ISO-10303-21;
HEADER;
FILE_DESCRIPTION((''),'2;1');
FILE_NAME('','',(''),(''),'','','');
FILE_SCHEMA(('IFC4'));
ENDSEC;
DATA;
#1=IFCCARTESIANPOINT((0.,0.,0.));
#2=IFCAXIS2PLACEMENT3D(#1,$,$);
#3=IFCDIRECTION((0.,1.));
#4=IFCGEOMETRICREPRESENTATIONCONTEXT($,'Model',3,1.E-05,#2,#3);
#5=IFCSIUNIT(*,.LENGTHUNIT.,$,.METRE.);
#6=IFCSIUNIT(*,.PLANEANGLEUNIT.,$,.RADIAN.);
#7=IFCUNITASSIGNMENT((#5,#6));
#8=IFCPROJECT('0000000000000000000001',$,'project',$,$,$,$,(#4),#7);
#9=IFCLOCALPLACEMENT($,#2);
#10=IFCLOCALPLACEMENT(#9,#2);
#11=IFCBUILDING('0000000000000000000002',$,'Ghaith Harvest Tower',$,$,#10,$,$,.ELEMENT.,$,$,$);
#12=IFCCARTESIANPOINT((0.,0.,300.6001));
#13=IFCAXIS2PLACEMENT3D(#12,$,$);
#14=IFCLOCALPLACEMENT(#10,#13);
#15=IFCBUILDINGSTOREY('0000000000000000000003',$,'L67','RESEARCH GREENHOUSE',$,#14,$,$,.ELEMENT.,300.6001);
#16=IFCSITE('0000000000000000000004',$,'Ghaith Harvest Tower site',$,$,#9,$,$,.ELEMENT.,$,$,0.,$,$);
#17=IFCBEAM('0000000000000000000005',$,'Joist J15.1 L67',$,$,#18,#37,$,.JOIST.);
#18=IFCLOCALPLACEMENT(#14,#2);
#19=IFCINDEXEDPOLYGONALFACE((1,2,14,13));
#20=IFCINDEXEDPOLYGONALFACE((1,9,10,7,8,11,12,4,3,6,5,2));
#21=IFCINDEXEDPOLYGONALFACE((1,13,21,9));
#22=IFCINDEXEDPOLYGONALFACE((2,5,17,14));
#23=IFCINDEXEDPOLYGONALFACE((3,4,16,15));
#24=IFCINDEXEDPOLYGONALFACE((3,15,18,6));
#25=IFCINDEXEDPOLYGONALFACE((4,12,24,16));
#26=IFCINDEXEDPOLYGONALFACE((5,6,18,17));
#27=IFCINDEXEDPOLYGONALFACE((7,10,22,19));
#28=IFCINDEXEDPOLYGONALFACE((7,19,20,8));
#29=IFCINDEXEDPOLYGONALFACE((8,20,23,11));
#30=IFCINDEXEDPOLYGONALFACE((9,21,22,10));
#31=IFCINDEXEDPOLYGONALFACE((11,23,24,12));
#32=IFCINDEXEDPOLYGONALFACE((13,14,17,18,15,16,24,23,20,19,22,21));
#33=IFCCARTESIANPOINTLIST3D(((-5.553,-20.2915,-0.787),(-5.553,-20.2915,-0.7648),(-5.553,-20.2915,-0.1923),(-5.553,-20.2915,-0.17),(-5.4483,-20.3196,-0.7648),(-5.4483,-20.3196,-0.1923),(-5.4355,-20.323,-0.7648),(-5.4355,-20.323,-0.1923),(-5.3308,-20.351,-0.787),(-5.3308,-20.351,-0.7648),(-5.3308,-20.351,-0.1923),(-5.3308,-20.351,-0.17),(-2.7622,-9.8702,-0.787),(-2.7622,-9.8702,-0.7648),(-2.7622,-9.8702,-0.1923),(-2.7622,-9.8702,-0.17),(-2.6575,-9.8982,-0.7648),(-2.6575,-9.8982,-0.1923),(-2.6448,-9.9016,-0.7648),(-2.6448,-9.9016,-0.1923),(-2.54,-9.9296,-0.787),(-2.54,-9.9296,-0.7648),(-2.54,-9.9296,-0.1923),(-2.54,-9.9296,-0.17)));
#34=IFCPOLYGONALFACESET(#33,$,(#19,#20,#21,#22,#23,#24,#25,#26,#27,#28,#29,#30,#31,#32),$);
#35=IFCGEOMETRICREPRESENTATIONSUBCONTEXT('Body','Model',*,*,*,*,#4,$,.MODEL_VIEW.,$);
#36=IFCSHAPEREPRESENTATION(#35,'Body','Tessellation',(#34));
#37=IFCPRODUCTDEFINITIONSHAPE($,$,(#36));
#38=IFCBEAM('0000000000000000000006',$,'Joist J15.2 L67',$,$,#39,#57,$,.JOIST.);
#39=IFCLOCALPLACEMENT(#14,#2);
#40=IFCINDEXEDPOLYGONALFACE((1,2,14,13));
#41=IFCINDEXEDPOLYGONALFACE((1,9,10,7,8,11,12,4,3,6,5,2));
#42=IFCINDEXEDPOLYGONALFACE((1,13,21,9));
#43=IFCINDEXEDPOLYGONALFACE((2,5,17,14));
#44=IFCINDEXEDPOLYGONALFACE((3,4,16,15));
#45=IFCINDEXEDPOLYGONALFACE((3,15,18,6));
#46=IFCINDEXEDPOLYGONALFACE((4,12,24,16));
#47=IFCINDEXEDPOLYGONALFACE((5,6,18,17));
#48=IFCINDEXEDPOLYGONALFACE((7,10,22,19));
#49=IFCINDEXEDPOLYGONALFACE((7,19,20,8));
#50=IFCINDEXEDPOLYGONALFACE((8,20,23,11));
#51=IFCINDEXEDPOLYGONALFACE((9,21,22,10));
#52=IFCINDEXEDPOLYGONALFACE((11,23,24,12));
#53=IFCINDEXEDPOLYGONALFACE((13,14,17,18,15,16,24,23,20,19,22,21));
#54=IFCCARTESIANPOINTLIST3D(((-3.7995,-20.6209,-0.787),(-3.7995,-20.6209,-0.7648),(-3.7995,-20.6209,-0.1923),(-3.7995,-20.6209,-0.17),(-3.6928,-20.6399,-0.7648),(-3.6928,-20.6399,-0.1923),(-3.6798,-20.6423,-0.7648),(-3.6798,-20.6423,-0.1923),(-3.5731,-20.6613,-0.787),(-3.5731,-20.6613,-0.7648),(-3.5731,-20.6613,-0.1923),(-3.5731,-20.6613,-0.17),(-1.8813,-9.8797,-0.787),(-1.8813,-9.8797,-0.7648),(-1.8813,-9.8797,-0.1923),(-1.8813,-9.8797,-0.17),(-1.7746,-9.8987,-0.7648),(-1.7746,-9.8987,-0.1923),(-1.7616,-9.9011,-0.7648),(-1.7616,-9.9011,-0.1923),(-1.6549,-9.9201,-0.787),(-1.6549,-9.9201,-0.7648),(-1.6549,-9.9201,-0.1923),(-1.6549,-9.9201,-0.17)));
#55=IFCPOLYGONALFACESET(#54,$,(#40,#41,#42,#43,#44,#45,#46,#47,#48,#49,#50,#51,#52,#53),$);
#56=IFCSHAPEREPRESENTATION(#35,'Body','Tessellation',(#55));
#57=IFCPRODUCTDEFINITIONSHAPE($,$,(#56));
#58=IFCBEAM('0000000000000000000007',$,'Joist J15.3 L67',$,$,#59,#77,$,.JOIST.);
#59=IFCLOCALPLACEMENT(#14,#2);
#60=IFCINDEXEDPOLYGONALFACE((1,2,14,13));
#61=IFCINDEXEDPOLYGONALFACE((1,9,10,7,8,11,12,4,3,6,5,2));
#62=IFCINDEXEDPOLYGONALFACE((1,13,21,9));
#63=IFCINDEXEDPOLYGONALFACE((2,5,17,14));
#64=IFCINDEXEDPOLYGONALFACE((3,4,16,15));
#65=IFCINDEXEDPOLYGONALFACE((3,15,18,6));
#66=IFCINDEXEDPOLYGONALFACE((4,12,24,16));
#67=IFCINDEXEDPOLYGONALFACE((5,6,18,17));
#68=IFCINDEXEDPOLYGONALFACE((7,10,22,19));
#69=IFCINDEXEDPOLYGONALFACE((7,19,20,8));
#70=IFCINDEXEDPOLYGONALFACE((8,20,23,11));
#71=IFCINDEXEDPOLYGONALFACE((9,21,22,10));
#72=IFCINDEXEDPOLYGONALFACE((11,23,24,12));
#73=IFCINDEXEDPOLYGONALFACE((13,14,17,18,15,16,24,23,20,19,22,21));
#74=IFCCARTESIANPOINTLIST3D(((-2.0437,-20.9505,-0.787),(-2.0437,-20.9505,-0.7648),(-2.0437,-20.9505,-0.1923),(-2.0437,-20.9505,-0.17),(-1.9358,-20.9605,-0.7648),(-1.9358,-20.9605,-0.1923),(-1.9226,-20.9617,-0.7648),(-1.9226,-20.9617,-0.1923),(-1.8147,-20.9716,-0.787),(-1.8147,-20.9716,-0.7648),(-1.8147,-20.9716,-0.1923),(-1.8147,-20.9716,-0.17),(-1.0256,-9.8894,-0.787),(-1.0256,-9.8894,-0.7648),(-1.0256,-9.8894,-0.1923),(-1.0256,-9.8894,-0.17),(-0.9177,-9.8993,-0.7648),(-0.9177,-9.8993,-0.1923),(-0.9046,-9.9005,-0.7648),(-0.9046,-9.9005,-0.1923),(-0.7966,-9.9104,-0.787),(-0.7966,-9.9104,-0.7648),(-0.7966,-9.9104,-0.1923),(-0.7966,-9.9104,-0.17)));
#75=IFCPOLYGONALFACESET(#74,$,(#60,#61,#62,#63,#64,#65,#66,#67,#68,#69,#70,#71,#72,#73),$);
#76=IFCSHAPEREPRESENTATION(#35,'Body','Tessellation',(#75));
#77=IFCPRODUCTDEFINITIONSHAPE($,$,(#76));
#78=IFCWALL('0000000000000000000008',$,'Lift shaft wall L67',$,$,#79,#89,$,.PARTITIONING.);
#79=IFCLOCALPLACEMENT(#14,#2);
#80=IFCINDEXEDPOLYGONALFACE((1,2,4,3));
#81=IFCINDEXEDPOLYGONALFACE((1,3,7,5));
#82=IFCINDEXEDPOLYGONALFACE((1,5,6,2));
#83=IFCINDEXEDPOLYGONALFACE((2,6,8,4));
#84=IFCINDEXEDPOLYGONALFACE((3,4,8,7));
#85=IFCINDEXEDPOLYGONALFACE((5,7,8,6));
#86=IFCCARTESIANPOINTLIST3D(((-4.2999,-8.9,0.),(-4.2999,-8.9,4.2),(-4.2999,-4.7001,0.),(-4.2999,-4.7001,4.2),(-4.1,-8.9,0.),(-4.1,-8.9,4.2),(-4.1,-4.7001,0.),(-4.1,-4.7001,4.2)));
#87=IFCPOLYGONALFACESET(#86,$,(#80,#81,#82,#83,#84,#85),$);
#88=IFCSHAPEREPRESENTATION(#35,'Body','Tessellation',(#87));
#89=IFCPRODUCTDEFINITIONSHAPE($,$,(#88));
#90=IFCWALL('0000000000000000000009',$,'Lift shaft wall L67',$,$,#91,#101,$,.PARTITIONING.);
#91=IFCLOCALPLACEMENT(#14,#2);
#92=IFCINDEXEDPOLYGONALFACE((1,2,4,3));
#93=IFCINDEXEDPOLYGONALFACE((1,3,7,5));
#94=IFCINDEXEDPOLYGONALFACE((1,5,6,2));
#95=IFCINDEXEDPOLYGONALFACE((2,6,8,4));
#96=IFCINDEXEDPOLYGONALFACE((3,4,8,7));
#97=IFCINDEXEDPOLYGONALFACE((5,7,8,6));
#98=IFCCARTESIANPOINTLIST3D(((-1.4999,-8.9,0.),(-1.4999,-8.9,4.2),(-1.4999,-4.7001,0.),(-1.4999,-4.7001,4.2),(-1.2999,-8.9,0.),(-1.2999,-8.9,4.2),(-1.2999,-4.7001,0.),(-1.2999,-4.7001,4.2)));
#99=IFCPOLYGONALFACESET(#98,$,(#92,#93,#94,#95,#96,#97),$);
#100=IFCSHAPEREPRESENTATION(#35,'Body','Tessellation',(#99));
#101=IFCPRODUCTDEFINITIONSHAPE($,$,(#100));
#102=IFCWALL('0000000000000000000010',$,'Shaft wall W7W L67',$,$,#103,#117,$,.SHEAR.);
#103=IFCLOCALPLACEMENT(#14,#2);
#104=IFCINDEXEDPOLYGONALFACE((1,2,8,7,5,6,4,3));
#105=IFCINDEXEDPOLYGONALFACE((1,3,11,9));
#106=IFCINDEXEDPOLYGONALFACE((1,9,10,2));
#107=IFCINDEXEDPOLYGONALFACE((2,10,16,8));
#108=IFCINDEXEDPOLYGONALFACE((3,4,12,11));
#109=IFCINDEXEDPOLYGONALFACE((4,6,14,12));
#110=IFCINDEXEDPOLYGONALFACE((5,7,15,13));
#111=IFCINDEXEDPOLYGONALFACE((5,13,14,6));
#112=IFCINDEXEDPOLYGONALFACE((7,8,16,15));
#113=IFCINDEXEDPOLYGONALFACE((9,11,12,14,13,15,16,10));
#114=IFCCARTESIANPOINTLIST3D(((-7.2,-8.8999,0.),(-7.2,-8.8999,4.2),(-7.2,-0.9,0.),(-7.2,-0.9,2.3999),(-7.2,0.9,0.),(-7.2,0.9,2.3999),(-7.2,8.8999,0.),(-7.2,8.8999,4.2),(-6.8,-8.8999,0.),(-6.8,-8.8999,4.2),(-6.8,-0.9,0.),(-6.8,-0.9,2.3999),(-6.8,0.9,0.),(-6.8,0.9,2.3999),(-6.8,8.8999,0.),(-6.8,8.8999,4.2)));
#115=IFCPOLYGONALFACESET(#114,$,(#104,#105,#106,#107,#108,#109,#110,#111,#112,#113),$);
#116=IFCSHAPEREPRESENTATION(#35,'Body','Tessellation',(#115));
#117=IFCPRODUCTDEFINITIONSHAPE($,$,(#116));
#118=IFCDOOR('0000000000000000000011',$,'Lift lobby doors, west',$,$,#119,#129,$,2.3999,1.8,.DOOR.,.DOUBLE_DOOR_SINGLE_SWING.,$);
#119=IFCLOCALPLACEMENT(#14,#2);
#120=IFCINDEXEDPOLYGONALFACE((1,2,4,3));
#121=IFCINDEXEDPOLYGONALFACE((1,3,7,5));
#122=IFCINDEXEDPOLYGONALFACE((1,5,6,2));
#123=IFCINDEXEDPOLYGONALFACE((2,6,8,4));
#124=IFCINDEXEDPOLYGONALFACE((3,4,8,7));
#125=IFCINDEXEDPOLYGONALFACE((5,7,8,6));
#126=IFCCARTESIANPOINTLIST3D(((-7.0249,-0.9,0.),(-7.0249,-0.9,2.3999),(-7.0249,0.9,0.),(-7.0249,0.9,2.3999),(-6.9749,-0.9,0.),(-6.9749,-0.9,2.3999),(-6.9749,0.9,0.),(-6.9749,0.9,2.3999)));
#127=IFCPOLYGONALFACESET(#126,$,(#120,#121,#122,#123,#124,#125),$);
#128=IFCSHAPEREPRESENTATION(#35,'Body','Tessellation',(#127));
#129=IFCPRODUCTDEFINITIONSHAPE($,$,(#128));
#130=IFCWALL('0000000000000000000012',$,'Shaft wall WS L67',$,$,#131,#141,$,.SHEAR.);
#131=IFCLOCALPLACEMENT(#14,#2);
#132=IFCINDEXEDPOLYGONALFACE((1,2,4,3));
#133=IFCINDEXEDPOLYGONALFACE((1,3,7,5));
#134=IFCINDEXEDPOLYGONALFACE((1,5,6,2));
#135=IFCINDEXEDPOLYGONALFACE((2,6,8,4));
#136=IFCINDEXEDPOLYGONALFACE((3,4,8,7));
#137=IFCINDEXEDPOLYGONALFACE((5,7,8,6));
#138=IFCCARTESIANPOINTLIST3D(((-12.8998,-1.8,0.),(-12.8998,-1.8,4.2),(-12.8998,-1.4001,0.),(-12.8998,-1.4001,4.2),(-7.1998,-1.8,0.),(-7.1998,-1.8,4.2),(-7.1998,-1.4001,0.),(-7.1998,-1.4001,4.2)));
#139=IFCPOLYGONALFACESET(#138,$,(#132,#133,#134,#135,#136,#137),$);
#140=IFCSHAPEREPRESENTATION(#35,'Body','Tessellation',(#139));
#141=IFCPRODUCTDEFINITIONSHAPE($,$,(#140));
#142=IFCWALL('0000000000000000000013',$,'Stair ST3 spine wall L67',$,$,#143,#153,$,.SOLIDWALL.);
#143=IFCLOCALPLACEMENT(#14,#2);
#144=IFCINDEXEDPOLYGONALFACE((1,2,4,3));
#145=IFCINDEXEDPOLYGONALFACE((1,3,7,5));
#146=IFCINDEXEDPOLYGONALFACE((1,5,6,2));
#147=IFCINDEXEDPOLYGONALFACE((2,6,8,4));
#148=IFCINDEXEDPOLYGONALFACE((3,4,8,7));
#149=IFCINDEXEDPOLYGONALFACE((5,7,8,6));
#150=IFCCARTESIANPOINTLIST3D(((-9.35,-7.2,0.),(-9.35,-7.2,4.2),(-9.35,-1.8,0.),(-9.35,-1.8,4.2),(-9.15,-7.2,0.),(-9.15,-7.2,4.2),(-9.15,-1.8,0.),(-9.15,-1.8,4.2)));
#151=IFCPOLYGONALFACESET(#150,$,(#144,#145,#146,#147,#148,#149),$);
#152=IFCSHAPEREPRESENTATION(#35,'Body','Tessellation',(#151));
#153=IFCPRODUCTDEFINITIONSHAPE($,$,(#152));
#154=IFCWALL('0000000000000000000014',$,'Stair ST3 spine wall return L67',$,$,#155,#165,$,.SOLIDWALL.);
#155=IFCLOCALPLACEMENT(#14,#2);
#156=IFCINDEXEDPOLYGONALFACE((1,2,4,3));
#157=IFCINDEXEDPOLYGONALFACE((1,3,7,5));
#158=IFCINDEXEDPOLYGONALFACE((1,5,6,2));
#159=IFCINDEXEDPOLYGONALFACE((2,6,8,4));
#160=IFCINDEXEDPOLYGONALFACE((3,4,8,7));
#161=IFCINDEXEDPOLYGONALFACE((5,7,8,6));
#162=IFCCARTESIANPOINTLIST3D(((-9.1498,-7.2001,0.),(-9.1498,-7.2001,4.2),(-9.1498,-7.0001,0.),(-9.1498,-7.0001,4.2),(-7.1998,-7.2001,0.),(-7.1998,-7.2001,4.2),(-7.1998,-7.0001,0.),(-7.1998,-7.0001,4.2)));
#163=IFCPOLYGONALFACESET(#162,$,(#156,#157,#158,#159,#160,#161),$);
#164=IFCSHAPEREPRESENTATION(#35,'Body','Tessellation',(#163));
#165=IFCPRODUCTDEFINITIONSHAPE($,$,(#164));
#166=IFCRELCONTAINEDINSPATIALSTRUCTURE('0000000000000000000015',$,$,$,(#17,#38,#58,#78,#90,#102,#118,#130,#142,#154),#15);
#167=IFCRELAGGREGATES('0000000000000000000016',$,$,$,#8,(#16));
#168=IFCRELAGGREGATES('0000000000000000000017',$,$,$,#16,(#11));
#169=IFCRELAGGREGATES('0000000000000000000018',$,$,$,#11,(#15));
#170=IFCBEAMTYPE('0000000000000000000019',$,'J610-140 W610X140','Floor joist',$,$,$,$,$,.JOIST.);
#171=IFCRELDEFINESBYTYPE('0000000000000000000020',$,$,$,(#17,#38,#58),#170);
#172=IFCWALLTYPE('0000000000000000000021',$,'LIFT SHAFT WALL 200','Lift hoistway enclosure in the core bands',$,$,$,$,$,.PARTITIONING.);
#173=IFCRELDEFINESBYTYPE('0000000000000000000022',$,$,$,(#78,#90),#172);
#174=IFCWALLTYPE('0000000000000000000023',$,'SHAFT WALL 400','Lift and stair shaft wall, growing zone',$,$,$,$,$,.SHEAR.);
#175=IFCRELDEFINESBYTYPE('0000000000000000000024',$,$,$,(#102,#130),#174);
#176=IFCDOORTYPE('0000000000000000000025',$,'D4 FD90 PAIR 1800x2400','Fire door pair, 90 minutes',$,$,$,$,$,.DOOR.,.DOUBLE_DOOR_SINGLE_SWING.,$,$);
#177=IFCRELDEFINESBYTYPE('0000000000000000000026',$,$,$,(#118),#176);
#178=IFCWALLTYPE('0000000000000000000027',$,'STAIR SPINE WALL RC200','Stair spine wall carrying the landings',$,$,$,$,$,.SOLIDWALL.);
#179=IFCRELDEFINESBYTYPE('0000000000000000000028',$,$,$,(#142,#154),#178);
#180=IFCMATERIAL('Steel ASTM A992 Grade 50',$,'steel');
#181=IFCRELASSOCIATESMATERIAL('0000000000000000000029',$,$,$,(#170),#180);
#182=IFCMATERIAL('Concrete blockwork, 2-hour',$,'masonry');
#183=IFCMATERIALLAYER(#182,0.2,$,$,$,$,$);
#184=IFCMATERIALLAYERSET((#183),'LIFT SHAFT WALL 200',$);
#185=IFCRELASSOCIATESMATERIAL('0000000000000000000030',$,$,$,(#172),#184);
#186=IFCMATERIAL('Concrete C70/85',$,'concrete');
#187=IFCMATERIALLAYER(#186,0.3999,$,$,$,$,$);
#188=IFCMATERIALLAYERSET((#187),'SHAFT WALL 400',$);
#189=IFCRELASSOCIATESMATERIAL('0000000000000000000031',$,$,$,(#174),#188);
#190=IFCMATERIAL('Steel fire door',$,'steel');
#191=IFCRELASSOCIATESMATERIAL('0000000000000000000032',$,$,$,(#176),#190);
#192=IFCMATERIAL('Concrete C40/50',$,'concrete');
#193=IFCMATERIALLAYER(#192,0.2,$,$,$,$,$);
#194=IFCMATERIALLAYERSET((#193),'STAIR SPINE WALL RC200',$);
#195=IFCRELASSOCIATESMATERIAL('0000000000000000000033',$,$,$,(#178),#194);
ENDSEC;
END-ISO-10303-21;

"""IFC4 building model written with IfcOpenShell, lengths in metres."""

from ifc_helpers import new_model, si_unit, direction, frame, frame_2d, origin, origin_2d, place, context, subcontext, project, spatial, rectangle, i_section, extrude, material, layer, layer_set, material_profile, profile_set, type_object, element, fill, save


model = new_model("IFC4")

# Units and contexts
model_context = context("Model", 3, precision=1e-05, world=origin(), true_north=direction((0.0, 1.0)))
body_context = subcontext(model_context, "Body", "Model", "MODEL_VIEW")
ifc_project = project(units=[si_unit("LENGTHUNIT", "METRE"), si_unit("PLANEANGLEUNIT", "RADIAN")], contexts=[model_context])

# Site, building, storey
site_placement = place(None, origin())
site = spatial("IfcSite", under=ifc_project, at=site_placement, Name="Ghaith Harvest Tower site", CompositionType="ELEMENT", RefElevation=0.0)
building_placement = place(site_placement, origin())
building = spatial("IfcBuilding", under=site, at=building_placement, Name="Ghaith Harvest Tower", CompositionType="ELEMENT")
storey_placement = place(building_placement, frame((0.0, 0.0, 300.6001)))
storey = spatial("IfcBuildingStorey", under=building, at=storey_placement, Name="L67", Description="RESEARCH GREENHOUSE", CompositionType="ELEMENT", Elevation=300.6001)

# Beams
ifc_material_1 = material(Name="Steel ASTM A992 Grade 50", Category="steel")
ifc_material_profile_1 = material_profile(ifc_material_1, i_section(OverallWidth=0.23, OverallDepth=0.6169, WebThickness=0.0132, FlangeThickness=0.0222, at=origin_2d()), Name="W610X140")
ifc_profile_set_1 = profile_set([ifc_material_profile_1], Name="Steel ASTM A992 Grade 50")
beam_type_1 = type_object("IfcBeamType", Name="J610-140 W610X140", Description="Floor joist", PredefinedType="JOIST", material=ifc_profile_set_1)
beam_1_placement = place(storey_placement, frame((-2.6511, -9.8999, -0.4785), z_axis=(-0.258678, -0.965964, 0.0), x_axis=(0.965964, -0.258678, 0.0)))
element("IfcBeam", 1, at=beam_1_placement, inside=storey, type_object=beam_type_1, Name="Joist J15.1 L67", PredefinedType="JOIST", context=body_context, shape_type="SweptSolid", body=[
    extrude(i_section(OverallWidth=0.23, OverallDepth=0.6169, WebThickness=0.0132, FlangeThickness=0.0222, at=origin_2d()), origin(), (0.0, 0.0, 1.0), 10.7886),
])
beam_2_placement = place(storey_placement, frame((-1.7681, -9.8999, -0.4785), z_axis=(-0.175803, -0.984425, 0.0), x_axis=(0.984425, -0.175803, 0.0)))
element("IfcBeam", 2, at=beam_2_placement, inside=storey, type_object=beam_type_1, Name="Joist J15.2 L67", PredefinedType="JOIST", context=body_context, shape_type="SweptSolid", body=[
    extrude(i_section(OverallWidth=0.23, OverallDepth=0.6169, WebThickness=0.0132, FlangeThickness=0.0222, at=origin_2d()), origin(), (0.0, 0.0, 1.0), 10.9111),
])
beam_3_placement = place(storey_placement, frame((-0.9111, -9.8999, -0.4785), z_axis=(-0.091651, -0.995791, 0.0), x_axis=(0.995791, -0.091651, 0.0)))
element("IfcBeam", 3, at=beam_3_placement, inside=storey, type_object=beam_type_1, Name="Joist J15.3 L67", PredefinedType="JOIST", context=body_context, shape_type="SweptSolid", body=[
    extrude(i_section(OverallWidth=0.23, OverallDepth=0.6169, WebThickness=0.0132, FlangeThickness=0.0222, at=origin_2d()), origin(), (0.0, 0.0, 1.0), 11.1079),
])

# Walls
ifc_material_2 = material(Name="Concrete blockwork, 2-hour", Category="masonry")
ifc_layer_1 = layer(ifc_material_2, 0.2)
ifc_layer_set_1 = layer_set([ifc_layer_1], Name="LIFT SHAFT WALL 200")
wall_type_1 = type_object("IfcWallType", Name="LIFT SHAFT WALL 200", Description="Lift hoistway enclosure in the core bands", PredefinedType="PARTITIONING", material=ifc_layer_set_1)
for number, where, z_axis, x_axis, name in (
    (4, (-4.2, -4.7, 0.0), (0.0, 0.0, 1.0), (0.0, -1.0, 0.0), "Lift shaft wall L67"),
    (5, (-1.3999, -4.7, 0.0), (0.0, 0.0, 1.0), (0.0, -1.0, 0.0), "Lift shaft wall L67"),
):
    element("IfcWall", number, at=place(storey_placement, frame(where, z_axis=z_axis, x_axis=x_axis)), inside=storey, type_object=wall_type_1, Name=name, PredefinedType="PARTITIONING", context=body_context, shape_type="SweptSolid", body=[
        extrude(rectangle(XDim=4.2, YDim=0.2, at=frame_2d((2.1001, 0.0))), origin(), (0.0, 0.0, 1.0), 4.2),
    ])

# Wall, opening, door
ifc_material_3 = material(Name="Concrete C70/85", Category="concrete")
ifc_layer_2 = layer(ifc_material_3, 0.3999)
ifc_layer_set_2 = layer_set([ifc_layer_2], Name="SHAFT WALL 400")
wall_type_2 = type_object("IfcWallType", Name="SHAFT WALL 400", Description="Lift and stair shaft wall, growing zone", PredefinedType="SHEAR", material=ifc_layer_set_2)
wall_1_placement = place(storey_placement, frame((-7.0, -8.8999, 0.0), z_axis=(0.0, 0.0, 1.0), x_axis=(0.0, 1.0, 0.0)))
wall_1 = element("IfcWall", 6, at=wall_1_placement, inside=storey, type_object=wall_type_2, Name="Shaft wall W7W L67", PredefinedType="SHEAR", context=body_context, shape_type="SweptSolid", body=[
    extrude(rectangle(XDim=17.7998, YDim=0.3999, at=frame_2d((8.8999, 0.0))), origin(), (0.0, 0.0, 1.0), 4.2),
])
opening_1_placement = place(wall_1_placement, frame((8.0, 0.0, 0.0)))
opening_1 = element("IfcOpeningElement", 7, at=opening_1_placement, cuts=wall_1, PredefinedType="OPENING", context=body_context, shape_type="SweptSolid", body=[
    extrude(rectangle(XDim=1.8, YDim=2.3999, at=frame_2d((0.8999, 1.2))), frame((0.0, 0.21, 0.0), z_axis=(0.0, -1.0, 0.0), x_axis=(1.0, 0.0, 0.0)), (0.0, 0.0, 1.0), 0.4199),
])
ifc_material_4 = material(Name="Steel fire door", Category="steel")
door_type_1 = type_object("IfcDoorType", Name="D4 FD90 PAIR 1800x2400", Description="Fire door pair, 90 minutes", OperationType="DOUBLE_DOOR_SINGLE_SWING", PredefinedType="DOOR", material=ifc_material_4)
door_1_placement = place(opening_1_placement, origin())
door_1 = element("IfcDoor", 8, at=door_1_placement, inside=storey, type_object=door_type_1, Name="Lift lobby doors, west", OperationType="DOUBLE_DOOR_SINGLE_SWING", OverallHeight=2.3999, OverallWidth=1.8, PredefinedType="DOOR", context=body_context, shape_type="SweptSolid", body=[
    extrude(rectangle(XDim=1.8, YDim=2.3999, at=frame_2d((0.8999, 1.2))), frame((0.0, 0.0249, 0.0), z_axis=(0.0, -1.0, 0.0), x_axis=(1.0, 0.0, 0.0)), (0.0, 0.0, 1.0), 0.05),
])
fill(opening_1, door_1)

# Walls
wall_2_placement = place(storey_placement, frame((-12.8999, -1.6001, 0.0), z_axis=(0.0, 0.0, 1.0), x_axis=(1.0, 0.0, 0.0)))
element("IfcWall", 9, at=wall_2_placement, inside=storey, type_object=wall_type_2, Name="Shaft wall WS L67", PredefinedType="SHEAR", context=body_context, shape_type="SweptSolid", body=[
    extrude(rectangle(XDim=5.7, YDim=0.3999, at=frame_2d((2.8501, 0.0))), origin(), (0.0, 0.0, 1.0), 4.2),
])
ifc_material_5 = material(Name="Concrete C40/50", Category="concrete")
ifc_layer_3 = layer(ifc_material_5, 0.2)
ifc_layer_set_3 = layer_set([ifc_layer_3], Name="STAIR SPINE WALL RC200")
wall_type_3 = type_object("IfcWallType", Name="STAIR SPINE WALL RC200", Description="Stair spine wall carrying the landings", PredefinedType="SOLIDWALL", material=ifc_layer_set_3)
wall_3_placement = place(storey_placement, frame((-9.25, -7.2, 0.0), z_axis=(0.0, 0.0, 1.0), x_axis=(0.0, 1.0, 0.0)))
element("IfcWall", 10, at=wall_3_placement, inside=storey, type_object=wall_type_3, Name="Stair ST3 spine wall L67", PredefinedType="SOLIDWALL", context=body_context, shape_type="SweptSolid", body=[
    extrude(rectangle(XDim=5.3999, YDim=0.2, at=frame_2d((2.7, 0.0))), origin(), (0.0, 0.0, 1.0), 4.2),
])
wall_4_placement = place(storey_placement, frame((-9.1499, -7.1001, 0.0), z_axis=(0.0, 0.0, 1.0), x_axis=(1.0, 0.0, 0.0)))
element("IfcWall", 11, at=wall_4_placement, inside=storey, type_object=wall_type_3, Name="Stair ST3 spine wall return L67", PredefinedType="SOLIDWALL", context=body_context, shape_type="SweptSolid", body=[
    extrude(rectangle(XDim=1.95, YDim=0.2, at=frame_2d((0.9751, 0.0))), origin(), (0.0, 0.0, 1.0), 4.2),
])

save(model, "model.ifc")
